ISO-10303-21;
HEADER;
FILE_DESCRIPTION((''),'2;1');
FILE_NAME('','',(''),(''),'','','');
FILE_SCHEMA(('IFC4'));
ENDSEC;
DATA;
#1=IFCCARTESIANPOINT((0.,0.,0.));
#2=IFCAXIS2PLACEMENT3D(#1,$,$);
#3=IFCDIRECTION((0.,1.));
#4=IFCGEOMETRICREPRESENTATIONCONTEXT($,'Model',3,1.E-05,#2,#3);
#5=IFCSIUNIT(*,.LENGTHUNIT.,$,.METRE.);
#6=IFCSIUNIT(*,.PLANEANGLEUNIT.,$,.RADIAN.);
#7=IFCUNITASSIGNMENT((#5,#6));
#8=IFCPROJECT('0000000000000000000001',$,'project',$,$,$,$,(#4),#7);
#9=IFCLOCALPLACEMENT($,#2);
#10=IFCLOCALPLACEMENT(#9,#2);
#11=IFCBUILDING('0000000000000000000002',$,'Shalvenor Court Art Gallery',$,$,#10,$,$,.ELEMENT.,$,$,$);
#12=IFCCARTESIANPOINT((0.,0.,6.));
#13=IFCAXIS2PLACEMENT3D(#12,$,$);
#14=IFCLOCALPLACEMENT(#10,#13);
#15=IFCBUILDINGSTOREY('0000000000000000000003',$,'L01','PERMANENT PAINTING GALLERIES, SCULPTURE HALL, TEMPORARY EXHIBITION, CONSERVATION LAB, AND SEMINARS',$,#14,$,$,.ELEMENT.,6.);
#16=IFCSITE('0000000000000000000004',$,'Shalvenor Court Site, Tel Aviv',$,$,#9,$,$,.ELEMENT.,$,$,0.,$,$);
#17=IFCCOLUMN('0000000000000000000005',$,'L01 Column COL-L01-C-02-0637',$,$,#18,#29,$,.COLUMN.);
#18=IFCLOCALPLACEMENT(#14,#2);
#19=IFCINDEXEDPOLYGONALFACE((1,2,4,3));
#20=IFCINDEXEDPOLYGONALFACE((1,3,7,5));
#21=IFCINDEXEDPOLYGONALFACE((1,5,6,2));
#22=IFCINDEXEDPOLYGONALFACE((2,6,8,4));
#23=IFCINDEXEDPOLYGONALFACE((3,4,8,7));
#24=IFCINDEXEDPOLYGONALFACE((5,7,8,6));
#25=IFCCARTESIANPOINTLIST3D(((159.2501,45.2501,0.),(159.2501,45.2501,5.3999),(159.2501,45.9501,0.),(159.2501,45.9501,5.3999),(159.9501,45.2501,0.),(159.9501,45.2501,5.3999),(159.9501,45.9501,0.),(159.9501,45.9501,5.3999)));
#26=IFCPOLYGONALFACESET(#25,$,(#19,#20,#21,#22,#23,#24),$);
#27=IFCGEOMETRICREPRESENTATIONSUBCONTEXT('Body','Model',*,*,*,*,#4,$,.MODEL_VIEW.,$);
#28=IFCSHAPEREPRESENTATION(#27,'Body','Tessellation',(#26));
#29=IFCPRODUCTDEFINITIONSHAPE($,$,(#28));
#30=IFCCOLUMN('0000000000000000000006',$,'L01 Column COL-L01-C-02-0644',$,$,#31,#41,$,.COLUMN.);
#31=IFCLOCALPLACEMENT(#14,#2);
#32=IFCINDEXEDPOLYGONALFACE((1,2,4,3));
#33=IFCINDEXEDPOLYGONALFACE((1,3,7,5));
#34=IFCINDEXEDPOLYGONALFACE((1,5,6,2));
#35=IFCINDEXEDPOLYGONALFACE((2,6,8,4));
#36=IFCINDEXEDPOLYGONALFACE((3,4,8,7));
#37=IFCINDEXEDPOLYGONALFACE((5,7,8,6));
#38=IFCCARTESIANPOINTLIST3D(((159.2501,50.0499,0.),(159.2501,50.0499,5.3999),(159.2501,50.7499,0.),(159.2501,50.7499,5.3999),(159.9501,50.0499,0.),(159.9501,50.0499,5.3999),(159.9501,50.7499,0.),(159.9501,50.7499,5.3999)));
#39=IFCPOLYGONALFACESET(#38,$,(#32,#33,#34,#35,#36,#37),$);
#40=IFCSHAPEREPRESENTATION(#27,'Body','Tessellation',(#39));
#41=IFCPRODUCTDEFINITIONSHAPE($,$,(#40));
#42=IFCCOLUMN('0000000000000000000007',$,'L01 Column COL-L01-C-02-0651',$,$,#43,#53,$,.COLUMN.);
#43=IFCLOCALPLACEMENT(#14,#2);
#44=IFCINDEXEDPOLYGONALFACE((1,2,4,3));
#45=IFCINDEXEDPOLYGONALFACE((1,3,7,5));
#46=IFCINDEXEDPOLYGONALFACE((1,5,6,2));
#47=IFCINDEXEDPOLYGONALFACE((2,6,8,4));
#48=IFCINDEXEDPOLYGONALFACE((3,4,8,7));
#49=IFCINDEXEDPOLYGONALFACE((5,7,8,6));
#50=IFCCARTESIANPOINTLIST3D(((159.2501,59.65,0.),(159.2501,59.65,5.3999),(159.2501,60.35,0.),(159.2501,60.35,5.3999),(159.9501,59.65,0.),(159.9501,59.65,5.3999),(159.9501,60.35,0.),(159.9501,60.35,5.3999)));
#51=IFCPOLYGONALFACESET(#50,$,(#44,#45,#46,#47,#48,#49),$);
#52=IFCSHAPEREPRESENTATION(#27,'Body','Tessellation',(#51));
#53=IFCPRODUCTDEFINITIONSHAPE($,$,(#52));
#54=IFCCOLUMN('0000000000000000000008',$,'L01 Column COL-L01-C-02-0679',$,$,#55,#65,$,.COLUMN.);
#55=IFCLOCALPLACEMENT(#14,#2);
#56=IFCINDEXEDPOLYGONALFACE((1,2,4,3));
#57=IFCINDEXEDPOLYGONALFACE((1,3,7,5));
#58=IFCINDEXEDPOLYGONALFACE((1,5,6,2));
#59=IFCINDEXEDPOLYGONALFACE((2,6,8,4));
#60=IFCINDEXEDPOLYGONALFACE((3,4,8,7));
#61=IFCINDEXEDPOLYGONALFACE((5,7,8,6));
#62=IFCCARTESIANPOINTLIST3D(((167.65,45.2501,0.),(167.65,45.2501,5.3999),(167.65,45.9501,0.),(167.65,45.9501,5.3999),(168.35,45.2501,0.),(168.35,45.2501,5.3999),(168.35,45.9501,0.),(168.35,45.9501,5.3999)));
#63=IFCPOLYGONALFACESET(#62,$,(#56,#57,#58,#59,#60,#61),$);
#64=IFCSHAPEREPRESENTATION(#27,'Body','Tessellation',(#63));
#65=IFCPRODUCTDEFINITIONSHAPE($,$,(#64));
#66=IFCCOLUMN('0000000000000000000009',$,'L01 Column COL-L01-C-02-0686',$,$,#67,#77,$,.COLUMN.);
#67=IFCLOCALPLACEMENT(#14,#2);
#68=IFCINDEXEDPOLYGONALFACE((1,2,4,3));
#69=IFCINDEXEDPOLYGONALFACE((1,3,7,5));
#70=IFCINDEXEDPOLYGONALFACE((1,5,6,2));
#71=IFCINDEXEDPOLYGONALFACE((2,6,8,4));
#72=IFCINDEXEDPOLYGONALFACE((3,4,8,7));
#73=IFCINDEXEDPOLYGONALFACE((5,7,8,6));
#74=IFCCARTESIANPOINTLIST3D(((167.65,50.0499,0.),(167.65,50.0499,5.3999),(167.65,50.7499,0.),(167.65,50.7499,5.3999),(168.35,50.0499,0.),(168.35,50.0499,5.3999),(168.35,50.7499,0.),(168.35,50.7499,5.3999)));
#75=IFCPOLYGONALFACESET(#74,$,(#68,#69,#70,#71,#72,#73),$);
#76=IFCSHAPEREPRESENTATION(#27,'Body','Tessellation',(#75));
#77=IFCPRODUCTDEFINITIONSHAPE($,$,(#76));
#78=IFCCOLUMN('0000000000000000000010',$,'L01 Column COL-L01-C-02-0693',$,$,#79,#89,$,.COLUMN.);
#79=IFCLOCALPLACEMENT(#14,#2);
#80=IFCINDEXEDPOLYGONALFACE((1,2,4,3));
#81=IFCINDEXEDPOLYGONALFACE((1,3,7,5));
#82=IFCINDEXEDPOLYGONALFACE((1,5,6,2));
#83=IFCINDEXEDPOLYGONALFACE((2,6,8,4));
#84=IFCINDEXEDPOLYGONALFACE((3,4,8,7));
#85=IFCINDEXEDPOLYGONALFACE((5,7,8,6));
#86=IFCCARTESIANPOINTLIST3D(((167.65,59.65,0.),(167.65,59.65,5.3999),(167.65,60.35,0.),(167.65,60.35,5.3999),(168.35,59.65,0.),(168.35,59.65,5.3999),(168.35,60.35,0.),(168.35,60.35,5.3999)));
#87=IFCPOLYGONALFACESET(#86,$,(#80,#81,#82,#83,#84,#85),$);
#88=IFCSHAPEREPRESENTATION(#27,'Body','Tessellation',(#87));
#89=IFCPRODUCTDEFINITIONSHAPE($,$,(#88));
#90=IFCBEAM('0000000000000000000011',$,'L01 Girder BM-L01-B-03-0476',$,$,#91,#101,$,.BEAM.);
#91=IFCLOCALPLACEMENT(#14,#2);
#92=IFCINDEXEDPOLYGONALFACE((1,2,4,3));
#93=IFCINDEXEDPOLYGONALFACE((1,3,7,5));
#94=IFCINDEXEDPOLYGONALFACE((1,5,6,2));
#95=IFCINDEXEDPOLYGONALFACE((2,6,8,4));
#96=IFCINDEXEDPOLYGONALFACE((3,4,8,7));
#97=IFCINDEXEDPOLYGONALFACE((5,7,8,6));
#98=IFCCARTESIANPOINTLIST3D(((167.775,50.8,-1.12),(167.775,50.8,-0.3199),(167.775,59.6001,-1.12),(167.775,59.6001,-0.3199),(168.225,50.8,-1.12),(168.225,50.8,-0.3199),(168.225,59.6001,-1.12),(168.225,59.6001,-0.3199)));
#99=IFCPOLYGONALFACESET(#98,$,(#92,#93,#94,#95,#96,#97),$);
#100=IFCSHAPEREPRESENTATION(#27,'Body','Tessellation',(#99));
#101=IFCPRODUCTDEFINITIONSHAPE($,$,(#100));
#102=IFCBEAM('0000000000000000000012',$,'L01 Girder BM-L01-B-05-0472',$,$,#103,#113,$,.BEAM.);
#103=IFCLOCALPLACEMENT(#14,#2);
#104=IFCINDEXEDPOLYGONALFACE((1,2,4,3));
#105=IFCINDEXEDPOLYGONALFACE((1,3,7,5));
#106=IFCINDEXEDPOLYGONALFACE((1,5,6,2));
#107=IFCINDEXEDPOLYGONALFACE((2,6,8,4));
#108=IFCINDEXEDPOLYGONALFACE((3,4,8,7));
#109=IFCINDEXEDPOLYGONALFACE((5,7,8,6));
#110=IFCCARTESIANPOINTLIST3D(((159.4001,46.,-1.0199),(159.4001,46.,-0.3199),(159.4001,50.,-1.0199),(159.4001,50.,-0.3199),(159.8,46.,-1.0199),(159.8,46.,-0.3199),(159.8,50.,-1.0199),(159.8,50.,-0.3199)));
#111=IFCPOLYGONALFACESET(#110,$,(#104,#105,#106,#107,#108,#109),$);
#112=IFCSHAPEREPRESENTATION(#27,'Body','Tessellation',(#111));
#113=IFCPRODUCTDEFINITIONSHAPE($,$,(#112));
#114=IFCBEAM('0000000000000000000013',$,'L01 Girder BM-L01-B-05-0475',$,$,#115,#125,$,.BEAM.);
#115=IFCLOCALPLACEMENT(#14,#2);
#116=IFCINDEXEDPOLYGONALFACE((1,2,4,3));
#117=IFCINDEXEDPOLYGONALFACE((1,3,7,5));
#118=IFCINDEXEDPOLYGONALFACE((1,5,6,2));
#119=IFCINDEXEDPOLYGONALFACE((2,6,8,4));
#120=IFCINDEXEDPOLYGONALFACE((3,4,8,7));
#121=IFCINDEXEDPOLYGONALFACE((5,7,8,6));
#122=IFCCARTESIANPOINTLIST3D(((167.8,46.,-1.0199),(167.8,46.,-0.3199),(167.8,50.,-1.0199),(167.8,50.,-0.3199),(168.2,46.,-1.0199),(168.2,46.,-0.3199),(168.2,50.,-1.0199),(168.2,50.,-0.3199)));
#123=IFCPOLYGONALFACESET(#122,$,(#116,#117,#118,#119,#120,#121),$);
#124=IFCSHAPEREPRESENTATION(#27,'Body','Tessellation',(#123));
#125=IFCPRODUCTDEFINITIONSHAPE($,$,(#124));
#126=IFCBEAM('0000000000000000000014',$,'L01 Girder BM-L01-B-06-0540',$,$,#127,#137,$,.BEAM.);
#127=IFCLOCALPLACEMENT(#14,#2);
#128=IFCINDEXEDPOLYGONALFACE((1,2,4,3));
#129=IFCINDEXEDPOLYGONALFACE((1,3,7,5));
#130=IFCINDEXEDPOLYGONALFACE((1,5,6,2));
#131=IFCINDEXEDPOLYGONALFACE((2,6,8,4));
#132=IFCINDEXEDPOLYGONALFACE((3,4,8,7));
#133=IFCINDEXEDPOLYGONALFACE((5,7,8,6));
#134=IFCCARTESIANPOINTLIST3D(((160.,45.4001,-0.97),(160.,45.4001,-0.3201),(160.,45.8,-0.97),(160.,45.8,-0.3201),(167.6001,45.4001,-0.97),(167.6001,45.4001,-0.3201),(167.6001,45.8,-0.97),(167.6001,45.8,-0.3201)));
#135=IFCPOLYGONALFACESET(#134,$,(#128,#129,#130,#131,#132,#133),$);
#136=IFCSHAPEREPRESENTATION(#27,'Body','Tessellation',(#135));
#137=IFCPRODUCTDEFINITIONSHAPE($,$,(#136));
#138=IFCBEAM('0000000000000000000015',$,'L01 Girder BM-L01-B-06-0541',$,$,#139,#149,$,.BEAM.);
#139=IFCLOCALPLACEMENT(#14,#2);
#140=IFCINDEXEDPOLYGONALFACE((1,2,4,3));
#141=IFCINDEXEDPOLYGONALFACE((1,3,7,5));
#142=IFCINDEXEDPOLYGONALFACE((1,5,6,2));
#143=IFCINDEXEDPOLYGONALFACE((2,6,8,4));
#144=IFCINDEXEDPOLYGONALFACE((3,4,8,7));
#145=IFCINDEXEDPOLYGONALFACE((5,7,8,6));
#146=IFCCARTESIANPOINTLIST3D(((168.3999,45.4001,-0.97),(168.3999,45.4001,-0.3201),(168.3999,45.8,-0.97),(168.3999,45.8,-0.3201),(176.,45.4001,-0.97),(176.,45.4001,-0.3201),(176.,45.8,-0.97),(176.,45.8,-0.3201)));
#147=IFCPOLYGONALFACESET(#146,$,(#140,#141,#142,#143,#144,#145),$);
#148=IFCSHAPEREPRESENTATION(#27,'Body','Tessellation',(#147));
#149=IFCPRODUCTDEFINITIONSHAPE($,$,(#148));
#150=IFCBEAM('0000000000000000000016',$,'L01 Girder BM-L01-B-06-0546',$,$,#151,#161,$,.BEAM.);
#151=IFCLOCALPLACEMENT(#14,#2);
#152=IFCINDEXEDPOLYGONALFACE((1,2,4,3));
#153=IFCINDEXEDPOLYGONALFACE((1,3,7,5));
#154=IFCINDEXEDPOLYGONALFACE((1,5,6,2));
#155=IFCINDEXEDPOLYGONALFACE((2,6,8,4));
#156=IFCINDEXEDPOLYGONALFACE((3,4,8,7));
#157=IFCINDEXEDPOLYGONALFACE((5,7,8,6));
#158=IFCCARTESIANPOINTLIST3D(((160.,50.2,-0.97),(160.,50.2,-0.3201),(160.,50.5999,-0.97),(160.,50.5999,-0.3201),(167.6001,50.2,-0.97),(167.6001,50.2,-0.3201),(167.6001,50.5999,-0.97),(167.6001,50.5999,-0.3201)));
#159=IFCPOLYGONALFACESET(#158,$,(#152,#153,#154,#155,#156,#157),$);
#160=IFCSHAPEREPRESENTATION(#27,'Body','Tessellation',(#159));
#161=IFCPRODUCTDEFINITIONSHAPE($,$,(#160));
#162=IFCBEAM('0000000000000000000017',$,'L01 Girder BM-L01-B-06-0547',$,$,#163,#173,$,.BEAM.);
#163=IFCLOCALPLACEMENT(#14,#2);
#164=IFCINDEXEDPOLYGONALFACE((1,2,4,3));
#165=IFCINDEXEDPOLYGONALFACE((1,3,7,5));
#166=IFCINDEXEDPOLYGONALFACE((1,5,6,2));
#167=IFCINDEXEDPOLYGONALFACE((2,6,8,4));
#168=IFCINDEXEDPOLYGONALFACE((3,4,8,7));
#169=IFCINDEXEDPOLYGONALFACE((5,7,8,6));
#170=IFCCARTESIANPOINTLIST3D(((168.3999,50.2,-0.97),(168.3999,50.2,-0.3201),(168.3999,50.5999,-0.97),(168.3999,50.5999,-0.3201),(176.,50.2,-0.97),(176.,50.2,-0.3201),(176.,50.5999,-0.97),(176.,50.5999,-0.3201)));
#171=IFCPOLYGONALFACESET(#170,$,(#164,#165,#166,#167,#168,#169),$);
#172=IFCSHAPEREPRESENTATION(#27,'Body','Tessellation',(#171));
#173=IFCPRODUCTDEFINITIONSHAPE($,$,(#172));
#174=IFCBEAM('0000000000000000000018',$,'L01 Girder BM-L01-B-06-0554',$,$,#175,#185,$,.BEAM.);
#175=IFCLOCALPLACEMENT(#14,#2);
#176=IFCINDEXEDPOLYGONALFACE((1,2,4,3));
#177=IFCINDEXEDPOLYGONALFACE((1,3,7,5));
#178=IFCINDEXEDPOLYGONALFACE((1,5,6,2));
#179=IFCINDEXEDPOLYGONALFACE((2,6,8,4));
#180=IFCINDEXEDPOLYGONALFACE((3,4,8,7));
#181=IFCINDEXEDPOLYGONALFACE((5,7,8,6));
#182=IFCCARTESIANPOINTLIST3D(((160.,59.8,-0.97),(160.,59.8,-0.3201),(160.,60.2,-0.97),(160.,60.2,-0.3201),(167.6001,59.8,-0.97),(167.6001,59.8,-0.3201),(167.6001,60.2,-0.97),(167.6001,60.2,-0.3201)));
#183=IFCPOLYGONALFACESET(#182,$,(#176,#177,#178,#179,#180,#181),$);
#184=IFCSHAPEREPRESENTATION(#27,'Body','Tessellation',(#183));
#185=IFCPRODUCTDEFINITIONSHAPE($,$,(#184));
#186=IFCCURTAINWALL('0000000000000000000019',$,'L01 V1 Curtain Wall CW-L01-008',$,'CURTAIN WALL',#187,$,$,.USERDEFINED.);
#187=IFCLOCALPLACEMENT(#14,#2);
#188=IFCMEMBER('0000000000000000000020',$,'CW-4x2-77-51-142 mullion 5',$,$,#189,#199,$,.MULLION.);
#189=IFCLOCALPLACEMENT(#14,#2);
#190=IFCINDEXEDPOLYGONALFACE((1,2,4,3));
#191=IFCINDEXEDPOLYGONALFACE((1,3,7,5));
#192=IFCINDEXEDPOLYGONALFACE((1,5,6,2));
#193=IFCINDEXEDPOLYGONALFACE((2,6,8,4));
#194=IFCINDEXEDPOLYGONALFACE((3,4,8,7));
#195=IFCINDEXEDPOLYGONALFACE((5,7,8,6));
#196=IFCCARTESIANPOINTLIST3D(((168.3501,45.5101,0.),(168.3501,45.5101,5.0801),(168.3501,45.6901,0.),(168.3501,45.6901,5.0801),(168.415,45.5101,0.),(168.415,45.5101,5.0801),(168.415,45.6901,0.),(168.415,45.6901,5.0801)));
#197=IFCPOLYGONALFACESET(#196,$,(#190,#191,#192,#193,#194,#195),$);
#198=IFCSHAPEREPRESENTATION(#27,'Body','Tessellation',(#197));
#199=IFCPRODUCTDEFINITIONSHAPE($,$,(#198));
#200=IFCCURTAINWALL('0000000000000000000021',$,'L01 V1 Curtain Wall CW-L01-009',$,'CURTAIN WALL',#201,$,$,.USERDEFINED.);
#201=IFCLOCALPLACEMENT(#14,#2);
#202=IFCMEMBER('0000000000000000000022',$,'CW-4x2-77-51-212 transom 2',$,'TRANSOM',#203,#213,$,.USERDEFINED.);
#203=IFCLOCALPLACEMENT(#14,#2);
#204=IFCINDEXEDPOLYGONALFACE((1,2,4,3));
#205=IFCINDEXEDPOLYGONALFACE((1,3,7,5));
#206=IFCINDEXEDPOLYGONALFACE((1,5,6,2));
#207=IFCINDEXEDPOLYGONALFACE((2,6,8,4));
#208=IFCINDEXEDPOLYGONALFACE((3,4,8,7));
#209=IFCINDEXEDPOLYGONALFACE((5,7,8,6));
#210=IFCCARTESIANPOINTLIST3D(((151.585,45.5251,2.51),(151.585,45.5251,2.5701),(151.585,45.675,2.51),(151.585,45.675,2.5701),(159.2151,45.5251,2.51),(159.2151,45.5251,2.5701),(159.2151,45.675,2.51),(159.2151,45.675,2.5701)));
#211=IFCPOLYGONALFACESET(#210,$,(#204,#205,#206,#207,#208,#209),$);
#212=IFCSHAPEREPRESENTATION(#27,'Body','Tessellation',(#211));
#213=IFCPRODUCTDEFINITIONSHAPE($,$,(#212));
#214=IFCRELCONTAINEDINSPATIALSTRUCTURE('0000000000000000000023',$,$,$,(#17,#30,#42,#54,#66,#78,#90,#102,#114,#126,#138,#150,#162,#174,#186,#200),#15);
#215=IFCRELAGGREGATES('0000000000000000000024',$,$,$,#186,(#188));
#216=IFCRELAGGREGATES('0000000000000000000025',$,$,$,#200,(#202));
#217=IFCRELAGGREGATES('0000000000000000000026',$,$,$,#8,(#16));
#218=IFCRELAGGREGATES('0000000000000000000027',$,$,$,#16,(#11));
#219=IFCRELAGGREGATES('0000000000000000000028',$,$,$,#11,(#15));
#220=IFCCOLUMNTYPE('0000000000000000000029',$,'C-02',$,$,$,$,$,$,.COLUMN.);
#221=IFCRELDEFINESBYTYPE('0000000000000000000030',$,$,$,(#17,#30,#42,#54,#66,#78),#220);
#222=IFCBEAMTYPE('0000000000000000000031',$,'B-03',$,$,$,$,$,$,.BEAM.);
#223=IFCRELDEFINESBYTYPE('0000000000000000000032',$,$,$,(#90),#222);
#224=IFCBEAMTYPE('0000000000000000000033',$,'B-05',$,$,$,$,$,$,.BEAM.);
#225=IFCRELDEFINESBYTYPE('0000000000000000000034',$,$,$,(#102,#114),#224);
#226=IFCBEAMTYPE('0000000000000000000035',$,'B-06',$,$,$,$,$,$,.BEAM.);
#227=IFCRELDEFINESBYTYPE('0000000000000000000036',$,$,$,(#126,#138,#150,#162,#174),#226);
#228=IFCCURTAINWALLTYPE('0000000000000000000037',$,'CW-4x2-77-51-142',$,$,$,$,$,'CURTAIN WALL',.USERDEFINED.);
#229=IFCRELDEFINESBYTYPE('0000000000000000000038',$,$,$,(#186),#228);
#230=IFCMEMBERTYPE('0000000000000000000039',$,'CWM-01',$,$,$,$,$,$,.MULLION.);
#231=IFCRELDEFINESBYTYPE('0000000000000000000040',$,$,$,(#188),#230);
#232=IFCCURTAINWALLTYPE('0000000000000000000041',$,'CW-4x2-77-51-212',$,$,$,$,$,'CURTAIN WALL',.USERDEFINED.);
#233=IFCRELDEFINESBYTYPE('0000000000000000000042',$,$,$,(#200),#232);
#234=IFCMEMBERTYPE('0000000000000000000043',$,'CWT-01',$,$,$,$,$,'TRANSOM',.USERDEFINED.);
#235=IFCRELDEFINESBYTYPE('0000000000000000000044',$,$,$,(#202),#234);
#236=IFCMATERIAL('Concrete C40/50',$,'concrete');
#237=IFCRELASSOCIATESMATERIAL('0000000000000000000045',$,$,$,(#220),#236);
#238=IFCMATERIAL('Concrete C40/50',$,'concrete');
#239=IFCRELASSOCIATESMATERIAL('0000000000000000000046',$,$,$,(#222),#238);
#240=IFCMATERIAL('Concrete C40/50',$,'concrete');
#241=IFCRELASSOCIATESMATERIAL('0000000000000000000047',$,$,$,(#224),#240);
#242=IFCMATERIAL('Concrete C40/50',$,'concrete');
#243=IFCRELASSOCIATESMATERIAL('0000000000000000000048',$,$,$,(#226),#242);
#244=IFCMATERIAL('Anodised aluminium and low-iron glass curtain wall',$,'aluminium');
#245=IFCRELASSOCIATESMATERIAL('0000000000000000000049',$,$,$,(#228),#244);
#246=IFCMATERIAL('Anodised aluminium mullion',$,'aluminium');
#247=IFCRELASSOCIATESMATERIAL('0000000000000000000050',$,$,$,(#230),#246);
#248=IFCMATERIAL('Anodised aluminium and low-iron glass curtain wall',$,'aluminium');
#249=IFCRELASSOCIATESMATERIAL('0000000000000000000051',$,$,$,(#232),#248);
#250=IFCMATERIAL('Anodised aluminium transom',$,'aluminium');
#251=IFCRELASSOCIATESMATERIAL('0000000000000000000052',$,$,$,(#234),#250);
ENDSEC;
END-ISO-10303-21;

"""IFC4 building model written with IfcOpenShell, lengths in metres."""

from ifc_helpers import new_model, si_unit, direction, frame, origin, origin_2d, place, context, subcontext, project, spatial, rectangle, extrude, material, material_profile, profile_set, type_object, element, aggregate, save


model = new_model("IFC4")

# Units and contexts
model_context = context("Model", 3, precision=1e-05, world=origin(), true_north=direction((0.0, 1.0)))
body_context = subcontext(model_context, "Body", "Model", "MODEL_VIEW")
ifc_project = project(units=[si_unit("LENGTHUNIT", "METRE"), si_unit("PLANEANGLEUNIT", "RADIAN")], contexts=[model_context])

# Site, building, storey
site_placement = place(None, origin())
site = spatial("IfcSite", under=ifc_project, at=site_placement, Name="Shalvenor Court Site, Tel Aviv", CompositionType="ELEMENT", RefElevation=0.0)
building_placement = place(site_placement, origin())
building = spatial("IfcBuilding", under=site, at=building_placement, Name="Shalvenor Court Art Gallery", CompositionType="ELEMENT")
storey_placement = place(building_placement, frame((0.0, 0.0, 6.0)))
storey = spatial("IfcBuildingStorey", under=building, at=storey_placement, Name="L01", Description="PERMANENT PAINTING GALLERIES, SCULPTURE HALL, TEMPORARY EXHIBITION, CONSERVATION LAB, AND SEMINARS", CompositionType="ELEMENT", Elevation=6.0)

# Columns
ifc_material_1 = material(Name="Concrete C40/50", Category="concrete")
ifc_material_profile_1 = material_profile(ifc_material_1, rectangle(XDim=0.7, YDim=0.7, at=origin_2d()), Name="RC 700x700")
ifc_profile_set_1 = profile_set([ifc_material_profile_1], Name="Concrete C40/50")
column_type = type_object("IfcColumnType", Name="C-02", PredefinedType="COLUMN", material=ifc_profile_set_1)
for number, where, z_axis, x_axis, name in (
    (1, (159.6001, 45.6001, 0.0), (0.0, 0.0, 1.0), (1.0, 0.0, 0.0), "L01 Column COL-L01-C-02-0637"),
    (2, (159.6001, 50.3999, 0.0), (0.0, 0.0, 1.0), (1.0, 0.0, 0.0), "L01 Column COL-L01-C-02-0644"),
    (3, (159.6001, 60.0, 0.0), (0.0, 0.0, 1.0), (1.0, 0.0, 0.0), "L01 Column COL-L01-C-02-0651"),
    (4, (168.0, 45.6001, 0.0), (0.0, 0.0, 1.0), (1.0, 0.0, 0.0), "L01 Column COL-L01-C-02-0679"),
    (5, (168.0, 50.3999, 0.0), (0.0, 0.0, 1.0), (1.0, 0.0, 0.0), "L01 Column COL-L01-C-02-0686"),
    (6, (168.0, 60.0, 0.0), (0.0, 0.0, 1.0), (1.0, 0.0, 0.0), "L01 Column COL-L01-C-02-0693"),
):
    element("IfcColumn", number, at=place(storey_placement, frame(where, z_axis=z_axis, x_axis=x_axis)), inside=storey, type_object=column_type, Name=name, PredefinedType="COLUMN", context=body_context, shape_type="SweptSolid", body=[
        extrude(rectangle(XDim=0.7, YDim=0.7, at=origin_2d()), origin(), (0.0, 0.0, 1.0), 5.3999),
    ])

# Beams
ifc_material_2 = material(Name="Concrete C40/50", Category="concrete")
ifc_material_profile_2 = material_profile(ifc_material_2, rectangle(XDim=0.45, YDim=0.8, at=origin_2d()), Name="RC 450x800")
ifc_profile_set_2 = profile_set([ifc_material_profile_2], Name="Concrete C40/50")
beam_type_1 = type_object("IfcBeamType", Name="B-03", PredefinedType="BEAM", material=ifc_profile_set_2)
beam_placement = place(storey_placement, frame((168.0, 50.8, -0.72), z_axis=(0.0, 1.0, 0.0), x_axis=(-1.0, 0.0, 0.0)))
element("IfcBeam", 7, at=beam_placement, inside=storey, type_object=beam_type_1, Name="L01 Girder BM-L01-B-03-0476", PredefinedType="BEAM", context=body_context, shape_type="SweptSolid", body=[
    extrude(rectangle(XDim=0.45, YDim=0.8, at=origin_2d()), origin(), (0.0, 0.0, 1.0), 8.8),
])
ifc_material_3 = material(Name="Concrete C40/50", Category="concrete")
ifc_material_profile_3 = material_profile(ifc_material_3, rectangle(XDim=0.3999, YDim=0.7, at=origin_2d()), Name="RC 400x700")
ifc_profile_set_3 = profile_set([ifc_material_profile_3], Name="Concrete C40/50")
beam_type_2 = type_object("IfcBeamType", Name="B-05", PredefinedType="BEAM", material=ifc_profile_set_3)
for number, where, z_axis, x_axis, name in (
    (8, (159.6001, 46.0, -0.6699), (0.0, 1.0, 0.0), (-1.0, 0.0, 0.0), "L01 Girder BM-L01-B-05-0472"),
    (9, (168.0, 46.0, -0.6699), (0.0, 1.0, 0.0), (-1.0, 0.0, 0.0), "L01 Girder BM-L01-B-05-0475"),
):
    element("IfcBeam", number, at=place(storey_placement, frame(where, z_axis=z_axis, x_axis=x_axis)), inside=storey, type_object=beam_type_2, Name=name, PredefinedType="BEAM", context=body_context, shape_type="SweptSolid", body=[
        extrude(rectangle(XDim=0.3999, YDim=0.7, at=origin_2d()), origin(), (0.0, 0.0, 1.0), 4.0),
    ])
ifc_material_4 = material(Name="Concrete C40/50", Category="concrete")
ifc_material_profile_4 = material_profile(ifc_material_4, rectangle(XDim=0.3999, YDim=0.6499, at=origin_2d()), Name="RC 400x650")
ifc_profile_set_4 = profile_set([ifc_material_profile_4], Name="Concrete C40/50")
beam_type_3 = type_object("IfcBeamType", Name="B-06", PredefinedType="BEAM", material=ifc_profile_set_4)
for number, where, z_axis, x_axis, name in (
    (10, (160.0, 45.6001, -0.645), (1.0, 0.0, 0.0), (0.0, 1.0, 0.0), "L01 Girder BM-L01-B-06-0540"),
    (11, (168.3999, 45.6001, -0.645), (1.0, 0.0, 0.0), (0.0, 1.0, 0.0), "L01 Girder BM-L01-B-06-0541"),
    (12, (160.0, 50.3999, -0.645), (1.0, 0.0, 0.0), (0.0, 1.0, 0.0), "L01 Girder BM-L01-B-06-0546"),
    (13, (168.3999, 50.3999, -0.645), (1.0, 0.0, 0.0), (0.0, 1.0, 0.0), "L01 Girder BM-L01-B-06-0547"),
    (14, (160.0, 60.0, -0.645), (1.0, 0.0, 0.0), (0.0, 1.0, 0.0), "L01 Girder BM-L01-B-06-0554"),
):
    element("IfcBeam", number, at=place(storey_placement, frame(where, z_axis=z_axis, x_axis=x_axis)), inside=storey, type_object=beam_type_3, Name=name, PredefinedType="BEAM", context=body_context, shape_type="SweptSolid", body=[
        extrude(rectangle(XDim=0.3999, YDim=0.6499, at=origin_2d()), origin(), (0.0, 0.0, 1.0), 7.6001),
    ])

# Curtain wall, member
ifc_material_5 = material(Name="Anodised aluminium and low-iron glass curtain wall", Category="aluminium")
curtain_wall_type_1 = type_object("IfcCurtainWallType", Name="CW-4x2-77-51-142", ElementType="CURTAIN WALL", PredefinedType="USERDEFINED", material=ifc_material_5)
curtain_wall_1_placement = place(storey_placement, origin())
curtain_wall_1 = element("IfcCurtainWall", 15, at=curtain_wall_1_placement, inside=storey, type_object=curtain_wall_type_1, Name="L01 V1 Curtain Wall CW-L01-008", ObjectType="CURTAIN WALL", PredefinedType="USERDEFINED")
ifc_material_6 = material(Name="Anodised aluminium mullion", Category="aluminium")
ifc_material_profile_5 = material_profile(ifc_material_6, rectangle(XDim=0.0649, YDim=0.1799, at=origin_2d()), Name="CWM-01")
ifc_profile_set_5 = profile_set([ifc_material_profile_5], Name="Anodised aluminium mullion")
member_type_1 = type_object("IfcMemberType", Name="CWM-01", PredefinedType="MULLION", material=ifc_profile_set_5)
member_1_placement = place(storey_placement, frame((168.3826, 45.6001, 0.0), z_axis=(0.0, 0.0, 1.0), x_axis=(-1.0, 0.0, 0.0)))
member_1 = element("IfcMember", 16, at=member_1_placement, type_object=member_type_1, Name="CW-4x2-77-51-142 mullion 5", PredefinedType="MULLION", context=body_context, shape_type="SweptSolid", body=[
    extrude(rectangle(XDim=0.0649, YDim=0.1799, at=origin_2d()), origin(), (0.0, 0.0, 1.0), 5.0801),
])
aggregate(curtain_wall_1, [member_1])

# Curtain wall, member
ifc_material_7 = material(Name="Anodised aluminium and low-iron glass curtain wall", Category="aluminium")
curtain_wall_type_2 = type_object("IfcCurtainWallType", Name="CW-4x2-77-51-212", ElementType="CURTAIN WALL", PredefinedType="USERDEFINED", material=ifc_material_7)
curtain_wall_2_placement = place(storey_placement, origin())
curtain_wall_2 = element("IfcCurtainWall", 17, at=curtain_wall_2_placement, inside=storey, type_object=curtain_wall_type_2, Name="L01 V1 Curtain Wall CW-L01-009", ObjectType="CURTAIN WALL", PredefinedType="USERDEFINED")
ifc_material_8 = material(Name="Anodised aluminium transom", Category="aluminium")
ifc_material_profile_6 = material_profile(ifc_material_8, rectangle(XDim=0.1499, YDim=0.0601, at=origin_2d()), Name="CWT-01")
ifc_profile_set_6 = profile_set([ifc_material_profile_6], Name="Anodised aluminium transom")
member_type_2 = type_object("IfcMemberType", Name="CWT-01", ElementType="TRANSOM", PredefinedType="USERDEFINED", material=ifc_profile_set_6)
member_2_placement = place(storey_placement, frame((159.2151, 45.6001, 2.54), z_axis=(-1.0, 0.0, 0.0), x_axis=(0.0, -1.0, 0.0)))
member_2 = element("IfcMember", 18, at=member_2_placement, type_object=member_type_2, Name="CW-4x2-77-51-212 transom 2", ObjectType="TRANSOM", PredefinedType="USERDEFINED", context=body_context, shape_type="SweptSolid", body=[
    extrude(rectangle(XDim=0.1499, YDim=0.0601, at=origin_2d()), origin(), (0.0, 0.0, 1.0), 7.6301),
])
aggregate(curtain_wall_2, [member_2])

save(model, "model.ifc")
